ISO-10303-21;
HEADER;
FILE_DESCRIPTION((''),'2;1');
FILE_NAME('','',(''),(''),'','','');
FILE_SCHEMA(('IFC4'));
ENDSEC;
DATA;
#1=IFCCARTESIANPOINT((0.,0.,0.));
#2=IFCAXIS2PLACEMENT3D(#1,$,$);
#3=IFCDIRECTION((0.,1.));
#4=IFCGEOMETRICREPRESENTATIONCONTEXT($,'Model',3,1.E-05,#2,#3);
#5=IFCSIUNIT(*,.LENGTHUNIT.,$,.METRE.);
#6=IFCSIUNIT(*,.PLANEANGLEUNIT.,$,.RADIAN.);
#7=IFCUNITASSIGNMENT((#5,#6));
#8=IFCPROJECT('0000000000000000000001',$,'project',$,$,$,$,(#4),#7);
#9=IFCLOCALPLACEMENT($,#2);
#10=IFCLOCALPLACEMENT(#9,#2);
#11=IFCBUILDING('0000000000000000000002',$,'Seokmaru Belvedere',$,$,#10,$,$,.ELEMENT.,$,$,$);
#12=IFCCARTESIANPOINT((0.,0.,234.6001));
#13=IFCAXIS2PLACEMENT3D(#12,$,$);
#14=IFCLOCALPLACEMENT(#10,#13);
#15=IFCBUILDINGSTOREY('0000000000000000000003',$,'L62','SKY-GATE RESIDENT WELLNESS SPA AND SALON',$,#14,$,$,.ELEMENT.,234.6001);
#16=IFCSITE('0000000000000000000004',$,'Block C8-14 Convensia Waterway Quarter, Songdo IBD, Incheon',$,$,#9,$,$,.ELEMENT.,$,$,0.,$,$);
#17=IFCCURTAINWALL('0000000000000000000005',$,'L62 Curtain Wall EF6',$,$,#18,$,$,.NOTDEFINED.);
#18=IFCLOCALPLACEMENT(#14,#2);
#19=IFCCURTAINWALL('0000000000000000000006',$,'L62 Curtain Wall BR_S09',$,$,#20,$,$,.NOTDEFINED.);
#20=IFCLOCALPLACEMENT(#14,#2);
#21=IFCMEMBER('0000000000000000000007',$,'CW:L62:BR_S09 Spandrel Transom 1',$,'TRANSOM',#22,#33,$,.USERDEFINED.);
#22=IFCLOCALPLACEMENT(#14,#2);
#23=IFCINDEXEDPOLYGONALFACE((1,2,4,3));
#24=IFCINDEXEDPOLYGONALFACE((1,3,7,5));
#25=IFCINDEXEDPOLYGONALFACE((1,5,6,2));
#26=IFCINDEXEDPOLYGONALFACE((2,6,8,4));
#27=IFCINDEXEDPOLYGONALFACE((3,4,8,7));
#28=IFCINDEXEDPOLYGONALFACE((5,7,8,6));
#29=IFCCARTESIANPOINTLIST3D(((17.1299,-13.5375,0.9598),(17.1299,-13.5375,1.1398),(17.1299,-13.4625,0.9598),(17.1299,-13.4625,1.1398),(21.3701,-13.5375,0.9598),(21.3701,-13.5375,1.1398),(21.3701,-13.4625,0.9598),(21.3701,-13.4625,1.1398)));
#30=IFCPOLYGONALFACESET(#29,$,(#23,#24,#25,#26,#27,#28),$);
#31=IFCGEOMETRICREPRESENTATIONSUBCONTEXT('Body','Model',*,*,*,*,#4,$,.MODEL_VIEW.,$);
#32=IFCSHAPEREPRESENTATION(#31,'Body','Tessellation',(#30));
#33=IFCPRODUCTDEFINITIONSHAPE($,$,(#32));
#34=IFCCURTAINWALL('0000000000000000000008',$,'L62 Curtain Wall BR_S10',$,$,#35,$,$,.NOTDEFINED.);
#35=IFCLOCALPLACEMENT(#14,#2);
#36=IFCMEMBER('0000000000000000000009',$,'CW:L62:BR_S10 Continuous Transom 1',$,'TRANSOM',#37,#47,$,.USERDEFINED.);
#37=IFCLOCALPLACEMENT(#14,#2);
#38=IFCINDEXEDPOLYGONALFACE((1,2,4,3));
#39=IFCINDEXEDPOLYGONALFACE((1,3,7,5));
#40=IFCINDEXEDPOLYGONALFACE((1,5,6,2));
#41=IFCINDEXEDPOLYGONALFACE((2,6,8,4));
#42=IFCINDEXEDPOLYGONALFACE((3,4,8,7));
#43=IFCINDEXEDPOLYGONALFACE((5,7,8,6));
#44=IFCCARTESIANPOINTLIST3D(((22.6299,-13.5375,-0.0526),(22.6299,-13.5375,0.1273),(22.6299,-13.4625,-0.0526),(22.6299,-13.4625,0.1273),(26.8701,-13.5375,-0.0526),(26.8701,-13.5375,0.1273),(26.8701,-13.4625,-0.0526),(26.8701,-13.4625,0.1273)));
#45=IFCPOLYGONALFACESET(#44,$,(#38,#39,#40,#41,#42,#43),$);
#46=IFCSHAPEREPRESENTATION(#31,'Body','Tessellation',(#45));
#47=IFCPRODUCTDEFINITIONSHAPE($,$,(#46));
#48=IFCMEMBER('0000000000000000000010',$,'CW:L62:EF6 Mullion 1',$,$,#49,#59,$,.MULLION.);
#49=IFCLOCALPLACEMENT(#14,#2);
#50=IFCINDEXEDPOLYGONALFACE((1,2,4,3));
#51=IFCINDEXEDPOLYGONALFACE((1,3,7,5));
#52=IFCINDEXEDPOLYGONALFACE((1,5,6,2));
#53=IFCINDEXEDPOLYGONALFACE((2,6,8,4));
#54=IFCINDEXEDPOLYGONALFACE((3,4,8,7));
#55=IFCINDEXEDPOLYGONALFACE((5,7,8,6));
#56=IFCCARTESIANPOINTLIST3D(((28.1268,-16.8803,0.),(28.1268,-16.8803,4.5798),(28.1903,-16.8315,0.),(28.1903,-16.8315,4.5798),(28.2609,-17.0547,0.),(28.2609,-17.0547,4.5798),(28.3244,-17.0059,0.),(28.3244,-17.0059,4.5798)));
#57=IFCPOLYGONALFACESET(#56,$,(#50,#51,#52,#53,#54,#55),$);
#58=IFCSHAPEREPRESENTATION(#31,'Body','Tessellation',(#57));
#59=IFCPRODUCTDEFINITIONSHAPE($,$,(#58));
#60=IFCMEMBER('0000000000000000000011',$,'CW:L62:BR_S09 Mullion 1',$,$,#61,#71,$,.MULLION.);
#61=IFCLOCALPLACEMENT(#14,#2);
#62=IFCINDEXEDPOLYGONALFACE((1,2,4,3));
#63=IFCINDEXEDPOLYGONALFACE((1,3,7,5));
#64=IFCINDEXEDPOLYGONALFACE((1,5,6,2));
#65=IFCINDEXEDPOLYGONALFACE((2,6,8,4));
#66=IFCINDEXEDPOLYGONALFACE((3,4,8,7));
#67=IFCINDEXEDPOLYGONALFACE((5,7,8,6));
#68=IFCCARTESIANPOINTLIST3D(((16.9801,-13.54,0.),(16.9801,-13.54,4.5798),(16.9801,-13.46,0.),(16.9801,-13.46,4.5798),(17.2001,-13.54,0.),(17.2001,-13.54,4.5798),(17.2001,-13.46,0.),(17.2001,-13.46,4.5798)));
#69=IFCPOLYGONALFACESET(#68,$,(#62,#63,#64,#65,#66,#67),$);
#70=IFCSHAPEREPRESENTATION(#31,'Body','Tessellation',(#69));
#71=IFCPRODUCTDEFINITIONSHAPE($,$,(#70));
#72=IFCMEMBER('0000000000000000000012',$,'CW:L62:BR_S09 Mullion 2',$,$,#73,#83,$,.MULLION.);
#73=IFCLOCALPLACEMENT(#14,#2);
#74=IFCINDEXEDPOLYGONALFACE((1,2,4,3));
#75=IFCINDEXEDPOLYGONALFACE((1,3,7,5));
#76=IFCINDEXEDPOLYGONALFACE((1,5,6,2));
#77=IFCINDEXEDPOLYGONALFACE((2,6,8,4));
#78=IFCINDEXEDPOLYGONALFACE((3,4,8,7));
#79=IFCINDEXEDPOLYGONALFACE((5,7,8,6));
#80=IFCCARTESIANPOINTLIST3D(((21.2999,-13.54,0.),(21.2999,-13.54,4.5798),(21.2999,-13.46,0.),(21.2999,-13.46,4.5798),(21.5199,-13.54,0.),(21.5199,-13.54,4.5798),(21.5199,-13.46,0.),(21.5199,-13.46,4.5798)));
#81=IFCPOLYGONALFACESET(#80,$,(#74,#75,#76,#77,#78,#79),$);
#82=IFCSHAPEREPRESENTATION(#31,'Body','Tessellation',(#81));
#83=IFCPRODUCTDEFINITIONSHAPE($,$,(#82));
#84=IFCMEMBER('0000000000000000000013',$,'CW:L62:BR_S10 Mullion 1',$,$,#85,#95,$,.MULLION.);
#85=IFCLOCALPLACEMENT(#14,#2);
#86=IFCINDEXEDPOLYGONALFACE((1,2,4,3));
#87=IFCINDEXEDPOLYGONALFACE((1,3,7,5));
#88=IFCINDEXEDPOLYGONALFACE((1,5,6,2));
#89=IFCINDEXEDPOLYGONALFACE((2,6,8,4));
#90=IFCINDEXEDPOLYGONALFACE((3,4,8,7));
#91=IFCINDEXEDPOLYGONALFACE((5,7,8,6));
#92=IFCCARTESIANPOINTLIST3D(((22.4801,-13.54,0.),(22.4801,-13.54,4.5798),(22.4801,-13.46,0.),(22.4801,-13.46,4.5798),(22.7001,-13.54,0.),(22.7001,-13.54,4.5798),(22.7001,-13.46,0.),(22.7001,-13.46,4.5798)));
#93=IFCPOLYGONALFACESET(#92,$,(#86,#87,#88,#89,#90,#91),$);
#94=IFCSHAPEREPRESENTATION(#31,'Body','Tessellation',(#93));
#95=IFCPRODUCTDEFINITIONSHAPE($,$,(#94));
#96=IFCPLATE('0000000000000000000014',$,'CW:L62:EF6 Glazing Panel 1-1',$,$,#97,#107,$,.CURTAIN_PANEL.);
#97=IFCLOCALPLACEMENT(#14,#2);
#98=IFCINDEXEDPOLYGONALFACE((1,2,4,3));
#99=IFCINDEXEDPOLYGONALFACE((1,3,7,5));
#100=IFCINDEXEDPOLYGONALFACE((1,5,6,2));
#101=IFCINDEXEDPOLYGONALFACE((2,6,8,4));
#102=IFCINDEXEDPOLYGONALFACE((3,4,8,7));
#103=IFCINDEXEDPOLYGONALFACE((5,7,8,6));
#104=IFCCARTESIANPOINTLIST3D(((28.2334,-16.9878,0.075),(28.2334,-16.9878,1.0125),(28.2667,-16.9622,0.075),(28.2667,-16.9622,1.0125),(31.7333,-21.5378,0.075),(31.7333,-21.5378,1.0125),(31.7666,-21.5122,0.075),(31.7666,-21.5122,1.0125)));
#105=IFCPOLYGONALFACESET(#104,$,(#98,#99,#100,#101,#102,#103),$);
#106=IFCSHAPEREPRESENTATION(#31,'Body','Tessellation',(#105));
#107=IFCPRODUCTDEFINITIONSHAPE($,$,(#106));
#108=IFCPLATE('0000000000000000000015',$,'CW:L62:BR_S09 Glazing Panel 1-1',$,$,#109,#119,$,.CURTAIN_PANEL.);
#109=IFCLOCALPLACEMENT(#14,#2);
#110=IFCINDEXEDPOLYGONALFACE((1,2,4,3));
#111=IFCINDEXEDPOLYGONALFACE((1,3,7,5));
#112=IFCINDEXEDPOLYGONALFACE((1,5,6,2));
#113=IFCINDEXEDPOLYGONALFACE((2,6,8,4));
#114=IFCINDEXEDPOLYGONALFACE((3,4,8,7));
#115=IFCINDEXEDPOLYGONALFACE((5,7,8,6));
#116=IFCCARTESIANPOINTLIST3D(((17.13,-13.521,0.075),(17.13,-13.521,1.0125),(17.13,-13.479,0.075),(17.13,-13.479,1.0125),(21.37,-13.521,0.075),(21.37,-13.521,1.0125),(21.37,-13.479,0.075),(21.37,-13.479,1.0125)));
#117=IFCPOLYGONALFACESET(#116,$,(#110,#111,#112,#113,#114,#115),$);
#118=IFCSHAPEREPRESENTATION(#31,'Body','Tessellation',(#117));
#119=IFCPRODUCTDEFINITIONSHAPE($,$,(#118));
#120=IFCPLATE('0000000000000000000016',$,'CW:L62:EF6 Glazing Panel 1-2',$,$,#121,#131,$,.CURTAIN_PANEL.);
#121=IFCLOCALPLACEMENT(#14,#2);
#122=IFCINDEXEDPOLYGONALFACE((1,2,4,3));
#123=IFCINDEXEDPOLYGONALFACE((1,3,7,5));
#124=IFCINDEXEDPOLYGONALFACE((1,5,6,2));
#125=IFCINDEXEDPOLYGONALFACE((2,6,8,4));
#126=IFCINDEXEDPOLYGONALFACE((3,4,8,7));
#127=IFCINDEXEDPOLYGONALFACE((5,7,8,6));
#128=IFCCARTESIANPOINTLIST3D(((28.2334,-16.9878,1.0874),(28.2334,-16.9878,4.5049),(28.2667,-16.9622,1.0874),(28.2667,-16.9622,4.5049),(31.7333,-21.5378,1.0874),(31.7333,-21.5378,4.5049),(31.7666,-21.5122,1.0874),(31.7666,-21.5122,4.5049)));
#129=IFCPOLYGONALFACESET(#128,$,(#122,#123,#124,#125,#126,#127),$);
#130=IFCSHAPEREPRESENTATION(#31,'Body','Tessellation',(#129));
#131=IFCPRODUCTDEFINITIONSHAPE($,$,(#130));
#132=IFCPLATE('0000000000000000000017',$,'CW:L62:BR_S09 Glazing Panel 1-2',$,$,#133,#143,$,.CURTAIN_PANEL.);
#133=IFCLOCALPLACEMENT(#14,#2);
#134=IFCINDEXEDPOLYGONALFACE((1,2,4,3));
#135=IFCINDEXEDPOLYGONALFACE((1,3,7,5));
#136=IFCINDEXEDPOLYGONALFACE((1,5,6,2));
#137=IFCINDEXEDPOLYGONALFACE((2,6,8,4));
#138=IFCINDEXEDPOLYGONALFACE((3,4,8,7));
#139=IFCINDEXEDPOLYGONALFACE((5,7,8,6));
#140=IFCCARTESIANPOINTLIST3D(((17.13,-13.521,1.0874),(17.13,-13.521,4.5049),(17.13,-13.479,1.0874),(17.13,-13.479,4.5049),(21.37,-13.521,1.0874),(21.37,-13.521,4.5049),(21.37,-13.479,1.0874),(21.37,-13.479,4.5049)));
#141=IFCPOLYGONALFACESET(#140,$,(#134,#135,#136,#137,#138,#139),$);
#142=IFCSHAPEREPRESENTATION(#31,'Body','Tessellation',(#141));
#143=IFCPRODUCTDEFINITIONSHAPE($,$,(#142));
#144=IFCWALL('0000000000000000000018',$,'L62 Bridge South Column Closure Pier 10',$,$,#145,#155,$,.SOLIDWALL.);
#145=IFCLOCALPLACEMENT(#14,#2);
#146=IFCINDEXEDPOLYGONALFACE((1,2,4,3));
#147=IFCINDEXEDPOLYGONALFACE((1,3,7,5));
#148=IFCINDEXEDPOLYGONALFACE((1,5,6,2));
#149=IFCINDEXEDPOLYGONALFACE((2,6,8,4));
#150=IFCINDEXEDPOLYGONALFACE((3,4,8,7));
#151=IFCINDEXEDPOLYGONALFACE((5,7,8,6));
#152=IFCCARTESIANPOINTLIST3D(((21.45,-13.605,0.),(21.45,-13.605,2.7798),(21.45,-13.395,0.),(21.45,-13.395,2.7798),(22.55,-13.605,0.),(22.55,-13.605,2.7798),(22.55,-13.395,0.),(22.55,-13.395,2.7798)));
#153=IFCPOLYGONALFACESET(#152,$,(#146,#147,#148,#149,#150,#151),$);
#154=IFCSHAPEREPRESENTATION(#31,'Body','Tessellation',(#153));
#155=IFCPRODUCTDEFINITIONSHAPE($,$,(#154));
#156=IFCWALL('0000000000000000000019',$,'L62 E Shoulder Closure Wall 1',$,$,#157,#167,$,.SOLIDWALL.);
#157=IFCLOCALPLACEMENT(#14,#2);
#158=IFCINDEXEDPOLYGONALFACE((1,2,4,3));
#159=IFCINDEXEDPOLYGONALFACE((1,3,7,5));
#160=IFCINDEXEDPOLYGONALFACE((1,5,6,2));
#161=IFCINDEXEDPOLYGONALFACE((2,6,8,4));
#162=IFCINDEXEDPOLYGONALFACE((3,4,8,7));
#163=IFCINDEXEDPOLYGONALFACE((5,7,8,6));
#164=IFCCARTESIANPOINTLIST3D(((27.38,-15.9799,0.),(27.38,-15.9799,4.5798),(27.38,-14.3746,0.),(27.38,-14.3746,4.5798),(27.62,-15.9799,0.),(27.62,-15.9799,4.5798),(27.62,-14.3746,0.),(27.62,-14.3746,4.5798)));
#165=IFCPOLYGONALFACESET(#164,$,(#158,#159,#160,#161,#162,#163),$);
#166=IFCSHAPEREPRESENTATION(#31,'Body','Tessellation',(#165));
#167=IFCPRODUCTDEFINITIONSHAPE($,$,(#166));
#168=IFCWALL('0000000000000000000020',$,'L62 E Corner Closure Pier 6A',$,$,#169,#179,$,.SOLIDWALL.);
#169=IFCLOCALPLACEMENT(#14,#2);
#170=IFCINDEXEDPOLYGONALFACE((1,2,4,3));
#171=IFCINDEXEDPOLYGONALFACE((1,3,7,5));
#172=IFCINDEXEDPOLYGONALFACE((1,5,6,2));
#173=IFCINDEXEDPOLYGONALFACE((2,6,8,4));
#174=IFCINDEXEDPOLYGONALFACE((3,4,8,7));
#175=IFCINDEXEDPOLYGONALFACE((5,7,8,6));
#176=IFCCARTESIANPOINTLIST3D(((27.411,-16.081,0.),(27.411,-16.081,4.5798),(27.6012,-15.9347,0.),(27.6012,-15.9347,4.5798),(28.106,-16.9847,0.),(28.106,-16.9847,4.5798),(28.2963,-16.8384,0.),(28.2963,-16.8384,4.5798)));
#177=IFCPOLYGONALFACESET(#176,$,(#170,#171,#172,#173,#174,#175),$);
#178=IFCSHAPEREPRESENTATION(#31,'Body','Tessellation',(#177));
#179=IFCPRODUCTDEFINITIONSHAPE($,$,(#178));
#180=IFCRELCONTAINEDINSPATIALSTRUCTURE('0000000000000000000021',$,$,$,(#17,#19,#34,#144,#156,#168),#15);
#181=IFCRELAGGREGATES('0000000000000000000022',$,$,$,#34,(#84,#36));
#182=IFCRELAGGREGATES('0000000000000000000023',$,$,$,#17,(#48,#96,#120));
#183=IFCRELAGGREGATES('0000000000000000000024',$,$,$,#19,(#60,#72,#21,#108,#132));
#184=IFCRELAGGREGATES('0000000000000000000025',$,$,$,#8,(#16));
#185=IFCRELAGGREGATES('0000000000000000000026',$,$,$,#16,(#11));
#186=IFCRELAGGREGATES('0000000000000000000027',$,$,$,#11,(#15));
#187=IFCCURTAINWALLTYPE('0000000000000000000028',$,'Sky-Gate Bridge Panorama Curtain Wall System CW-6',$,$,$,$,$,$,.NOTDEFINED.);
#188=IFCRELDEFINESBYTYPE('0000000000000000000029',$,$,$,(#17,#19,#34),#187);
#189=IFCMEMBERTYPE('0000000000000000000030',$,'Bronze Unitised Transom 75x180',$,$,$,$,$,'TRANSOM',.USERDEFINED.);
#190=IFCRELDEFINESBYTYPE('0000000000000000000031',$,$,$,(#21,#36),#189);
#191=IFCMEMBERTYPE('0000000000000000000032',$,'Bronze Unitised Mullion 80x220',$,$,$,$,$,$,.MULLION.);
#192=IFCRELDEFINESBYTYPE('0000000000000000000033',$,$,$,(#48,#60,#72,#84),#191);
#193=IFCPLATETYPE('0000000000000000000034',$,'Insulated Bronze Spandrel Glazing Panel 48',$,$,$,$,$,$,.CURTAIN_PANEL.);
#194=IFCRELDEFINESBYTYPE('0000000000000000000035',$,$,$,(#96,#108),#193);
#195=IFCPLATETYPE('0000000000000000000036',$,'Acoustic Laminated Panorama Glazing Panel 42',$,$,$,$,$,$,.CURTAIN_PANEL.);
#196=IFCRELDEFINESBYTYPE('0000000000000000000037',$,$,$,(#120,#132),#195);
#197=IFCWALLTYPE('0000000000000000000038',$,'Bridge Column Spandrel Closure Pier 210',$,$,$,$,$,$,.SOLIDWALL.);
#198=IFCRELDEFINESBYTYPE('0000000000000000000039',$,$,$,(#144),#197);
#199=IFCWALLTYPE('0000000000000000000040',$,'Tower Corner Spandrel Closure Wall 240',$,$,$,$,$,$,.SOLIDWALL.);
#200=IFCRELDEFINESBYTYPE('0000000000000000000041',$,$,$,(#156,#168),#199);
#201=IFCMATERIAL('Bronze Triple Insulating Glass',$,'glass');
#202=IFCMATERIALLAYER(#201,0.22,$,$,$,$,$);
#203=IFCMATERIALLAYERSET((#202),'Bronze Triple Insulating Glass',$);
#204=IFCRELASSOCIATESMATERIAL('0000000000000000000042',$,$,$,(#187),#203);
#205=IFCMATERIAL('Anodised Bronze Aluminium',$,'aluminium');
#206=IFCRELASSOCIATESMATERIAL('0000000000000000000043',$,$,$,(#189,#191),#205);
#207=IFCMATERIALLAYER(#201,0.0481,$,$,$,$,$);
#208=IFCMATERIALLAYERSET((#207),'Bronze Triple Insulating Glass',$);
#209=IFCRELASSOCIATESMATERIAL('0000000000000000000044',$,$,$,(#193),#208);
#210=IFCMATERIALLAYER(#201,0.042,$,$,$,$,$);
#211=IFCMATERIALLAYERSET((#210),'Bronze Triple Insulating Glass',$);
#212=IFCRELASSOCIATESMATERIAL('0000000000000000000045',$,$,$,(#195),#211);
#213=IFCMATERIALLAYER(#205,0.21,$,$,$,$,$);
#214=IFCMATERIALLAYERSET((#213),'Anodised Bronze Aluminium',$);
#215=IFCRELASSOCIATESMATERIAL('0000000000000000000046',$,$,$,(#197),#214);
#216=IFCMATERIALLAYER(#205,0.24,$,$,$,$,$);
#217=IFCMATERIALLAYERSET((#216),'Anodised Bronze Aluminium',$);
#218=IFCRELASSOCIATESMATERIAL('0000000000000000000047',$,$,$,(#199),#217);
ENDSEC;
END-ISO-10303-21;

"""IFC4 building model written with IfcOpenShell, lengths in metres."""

from ifc_helpers import new_model, si_unit, direction, frame, frame_2d, origin, origin_2d, place, context, subcontext, project, spatial, rectangle, extrude, source, transform, mapped, material, layer, layer_set, material_profile, profile_set, type_object, type_shapes, element, aggregate, save


model = new_model("IFC4")

# Units and contexts
model_context = context("Model", 3, precision=1e-05, world=origin(), true_north=direction((0.0, 1.0)))
body_context = subcontext(model_context, "Body", "Model", "MODEL_VIEW")
ifc_project = project(units=[si_unit("LENGTHUNIT", "METRE"), si_unit("PLANEANGLEUNIT", "RADIAN")], contexts=[model_context])

# Site, building, storey
site_placement = place(None, origin())
site = spatial("IfcSite", under=ifc_project, at=site_placement, Name="Block C8-14 Convensia Waterway Quarter, Songdo IBD, Incheon", CompositionType="ELEMENT", RefElevation=0.0)
building_placement = place(site_placement, origin())
building = spatial("IfcBuilding", under=site, at=building_placement, Name="Seokmaru Belvedere", CompositionType="ELEMENT")
storey_placement = place(building_placement, frame((0.0, 0.0, 234.6001)))
storey = spatial("IfcBuildingStorey", under=building, at=storey_placement, Name="L62", Description="SKY-GATE RESIDENT WELLNESS SPA AND SALON", CompositionType="ELEMENT", Elevation=234.6001)

# Curtain walls, member
ifc_material_1 = material(Name="Bronze Triple Insulating Glass", Category="glass")
ifc_layer_1 = layer(ifc_material_1, 0.22)
ifc_layer_set_1 = layer_set([ifc_layer_1], Name="Bronze Triple Insulating Glass")
curtain_wall_type = type_object("IfcCurtainWallType", Name="Sky-Gate Bridge Panorama Curtain Wall System CW-6", PredefinedType="NOTDEFINED", material=ifc_layer_set_1)
curtain_wall_1_placement = place(storey_placement, origin())
curtain_wall_1 = element("IfcCurtainWall", 1, at=curtain_wall_1_placement, inside=storey, type_object=curtain_wall_type, Name="L62 Curtain Wall EF6", PredefinedType="NOTDEFINED")
ifc_material_2 = material(Name="Anodised Bronze Aluminium", Category="aluminium")
ifc_material_profile_1 = material_profile(ifc_material_2, rectangle(XDim=0.075, YDim=0.1799, at=origin_2d()), Name="CW-T-75x180")
ifc_profile_set_1 = profile_set([ifc_material_profile_1], Name="Anodised Bronze Aluminium")
member_type_1 = type_object("IfcMemberType", Name="Bronze Unitised Transom 75x180", ElementType="TRANSOM", PredefinedType="USERDEFINED", material=ifc_profile_set_1)
curtain_wall_2_placement = place(storey_placement, origin())
curtain_wall_2 = element("IfcCurtainWall", 2, at=curtain_wall_2_placement, inside=storey, type_object=curtain_wall_type, Name="L62 Curtain Wall BR_S09", PredefinedType="NOTDEFINED")
shared_shape_1 = source(origin(), body_context, "Body", "SweptSolid", [
    extrude(rectangle(XDim=0.075, YDim=0.1799, at=origin_2d()), origin(), (0.0, 0.0, 1.0), 4.2402),
])
member_1_placement = place(storey_placement, frame((17.1299, -13.5, 1.0498), z_axis=(1.0, 0.0, 0.0), x_axis=(0.0, 1.0, 0.0)))
member_1 = element("IfcMember", 3, at=member_1_placement, type_object=member_type_1, Name="CW:L62:BR_S09 Spandrel Transom 1", ObjectType="TRANSOM", PredefinedType="USERDEFINED", context=body_context, shape_type="MappedRepresentation", body=[
    mapped(shared_shape_1, transform((0.0, 0.0, 0.0), scale=1.0)),
])

# Curtain wall, member
curtain_wall_3_placement = place(storey_placement, origin())
curtain_wall_3 = element("IfcCurtainWall", 4, at=curtain_wall_3_placement, inside=storey, type_object=curtain_wall_type, Name="L62 Curtain Wall BR_S10", PredefinedType="NOTDEFINED")
member_2_placement = place(storey_placement, frame((22.6299, -13.5, 0.0374), z_axis=(1.0, 0.0, 0.0), x_axis=(0.0, 1.0, 0.0)))
member_2 = element("IfcMember", 5, at=member_2_placement, type_object=member_type_1, Name="CW:L62:BR_S10 Continuous Transom 1", ObjectType="TRANSOM", PredefinedType="USERDEFINED", context=body_context, shape_type="MappedRepresentation", body=[
    mapped(shared_shape_1, transform((0.0, 0.0, 0.0), scale=1.0)),
])

# Members
ifc_material_profile_2 = material_profile(ifc_material_2, rectangle(XDim=0.0801, YDim=0.22, at=origin_2d()), Name="CW-M-80x220")
ifc_profile_set_2 = profile_set([ifc_material_profile_2], Name="Anodised Bronze Aluminium")
member_type_2 = type_object("IfcMemberType", Name="Bronze Unitised Mullion 80x220", PredefinedType="MULLION", material=ifc_profile_set_2)
shared_shape_2 = source(origin(), body_context, "Body", "SweptSolid", [
    extrude(rectangle(XDim=0.0801, YDim=0.22, at=origin_2d()), origin(), (0.0, 0.0, 1.0), 4.5798),
])
type_shapes(member_type_2, [shared_shape_2])
member_3_placement = place(storey_placement, frame((28.2256, -16.9431, 0.0), z_axis=(0.0, 0.0, 1.0), x_axis=(0.792631, 0.609701, 0.0)))
member_3 = element("IfcMember", 6, at=member_3_placement, type_object=member_type_2, Name="CW:L62:EF6 Mullion 1", PredefinedType="MULLION", context=body_context, shape_type="MappedRepresentation", body=[
    mapped(shared_shape_2, transform((0.0, 0.0, 0.0), scale=1.0)),
])
member_4_placement = place(storey_placement, frame((17.0901, -13.5, 0.0), z_axis=(0.0, 0.0, 1.0), x_axis=(0.0, 1.0, 0.0)))
member_4 = element("IfcMember", 7, at=member_4_placement, type_object=member_type_2, Name="CW:L62:BR_S09 Mullion 1", PredefinedType="MULLION", context=body_context, shape_type="MappedRepresentation", body=[
    mapped(shared_shape_2, transform((0.0, 0.0, 0.0), scale=1.0)),
])
member_5_placement = place(storey_placement, frame((21.4099, -13.5, 0.0), z_axis=(0.0, 0.0, 1.0), x_axis=(0.0, 1.0, 0.0)))
member_5 = element("IfcMember", 8, at=member_5_placement, type_object=member_type_2, Name="CW:L62:BR_S09 Mullion 2", PredefinedType="MULLION", context=body_context, shape_type="MappedRepresentation", body=[
    mapped(shared_shape_2, transform((0.0, 0.0, 0.0), scale=1.0)),
])
member_6_placement = place(storey_placement, frame((22.5901, -13.5, 0.0), z_axis=(0.0, 0.0, 1.0), x_axis=(0.0, 1.0, 0.0)))
member_6 = element("IfcMember", 9, at=member_6_placement, type_object=member_type_2, Name="CW:L62:BR_S10 Mullion 1", PredefinedType="MULLION", context=body_context, shape_type="MappedRepresentation", body=[
    mapped(shared_shape_2, transform((0.0, 0.0, 0.0), scale=1.0)),
])
aggregate(curtain_wall_3, [member_6, member_2])

# Plates
ifc_layer_2 = layer(ifc_material_1, 0.0481)
ifc_layer_set_2 = layer_set([ifc_layer_2], Name="Bronze Triple Insulating Glass")
plate_type_1 = type_object("IfcPlateType", Name="Insulated Bronze Spandrel Glazing Panel 48", PredefinedType="CURTAIN_PANEL", material=ifc_layer_set_2)
shared_shape_3 = source(origin(), body_context, "Body", "SweptSolid", [
    extrude(rectangle(XDim=5.7405, YDim=0.042, at=origin_2d()), origin(), (0.0, 0.0, 1.0), 0.9375),
])
plate_1_placement = place(storey_placement, frame((30.0, -19.25, 0.075), z_axis=(0.0, 0.0, 1.0), x_axis=(0.609701, -0.792631, 0.0)))
plate_1 = element("IfcPlate", 10, at=plate_1_placement, type_object=plate_type_1, Name="CW:L62:EF6 Glazing Panel 1-1", PredefinedType="CURTAIN_PANEL", context=body_context, shape_type="MappedRepresentation", body=[
    mapped(shared_shape_3, transform((0.0, 0.0, 0.0), scale=1.0)),
])
shared_shape_4 = source(origin(), body_context, "Body", "SweptSolid", [
    extrude(rectangle(XDim=4.24, YDim=0.042, at=origin_2d()), origin(), (0.0, 0.0, 1.0), 0.9375),
])
type_shapes(plate_type_1, [shared_shape_3, shared_shape_4])
plate_2_placement = place(storey_placement, frame((19.25, -13.5, 0.075), z_axis=(0.0, 0.0, 1.0), x_axis=(1.0, 0.0, 0.0)))
plate_2 = element("IfcPlate", 11, at=plate_2_placement, type_object=plate_type_1, Name="CW:L62:BR_S09 Glazing Panel 1-1", PredefinedType="CURTAIN_PANEL", context=body_context, shape_type="MappedRepresentation", body=[
    mapped(shared_shape_4, transform((0.0, 0.0, 0.0), scale=1.0)),
])
ifc_layer_3 = layer(ifc_material_1, 0.042)
ifc_layer_set_3 = layer_set([ifc_layer_3], Name="Bronze Triple Insulating Glass")
plate_type_2 = type_object("IfcPlateType", Name="Acoustic Laminated Panorama Glazing Panel 42", PredefinedType="CURTAIN_PANEL", material=ifc_layer_set_3)
shared_shape_5 = source(origin(), body_context, "Body", "SweptSolid", [
    extrude(rectangle(XDim=5.7405, YDim=0.042, at=origin_2d()), origin(), (0.0, 0.0, 1.0), 3.4175),
])
plate_3_placement = place(storey_placement, frame((30.0, -19.25, 1.0874), z_axis=(0.0, 0.0, 1.0), x_axis=(0.609701, -0.792631, 0.0)))
plate_3 = element("IfcPlate", 12, at=plate_3_placement, type_object=plate_type_2, Name="CW:L62:EF6 Glazing Panel 1-2", PredefinedType="CURTAIN_PANEL", context=body_context, shape_type="MappedRepresentation", body=[
    mapped(shared_shape_5, transform((0.0, 0.0, 0.0), scale=1.0)),
])
aggregate(curtain_wall_1, [member_3, plate_1, plate_3])
shared_shape_6 = source(origin(), body_context, "Body", "SweptSolid", [
    extrude(rectangle(XDim=4.24, YDim=0.042, at=origin_2d()), origin(), (0.0, 0.0, 1.0), 3.4175),
])
type_shapes(plate_type_2, [shared_shape_5, shared_shape_6])
plate_4_placement = place(storey_placement, frame((19.25, -13.5, 1.0874), z_axis=(0.0, 0.0, 1.0), x_axis=(1.0, 0.0, 0.0)))
plate_4 = element("IfcPlate", 13, at=plate_4_placement, type_object=plate_type_2, Name="CW:L62:BR_S09 Glazing Panel 1-2", PredefinedType="CURTAIN_PANEL", context=body_context, shape_type="MappedRepresentation", body=[
    mapped(shared_shape_6, transform((0.0, 0.0, 0.0), scale=1.0)),
])
aggregate(curtain_wall_2, [member_4, member_5, member_1, plate_2, plate_4])

# Walls
ifc_layer_4 = layer(ifc_material_2, 0.21)
ifc_layer_set_4 = layer_set([ifc_layer_4], Name="Anodised Bronze Aluminium")
wall_type_1 = type_object("IfcWallType", Name="Bridge Column Spandrel Closure Pier 210", PredefinedType="SOLIDWALL", material=ifc_layer_set_4)
wall_1_placement = place(storey_placement, frame((21.45, -13.5, 0.0), z_axis=(0.0, 0.0, 1.0), x_axis=(1.0, 0.0, 0.0)))
element("IfcWall", 14, at=wall_1_placement, inside=storey, type_object=wall_type_1, Name="L62 Bridge South Column Closure Pier 10", PredefinedType="SOLIDWALL", context=body_context, shape_type="SweptSolid", body=[
    extrude(rectangle(XDim=1.1001, YDim=0.21, at=frame_2d((0.55, 0.0))), origin(), (0.0, 0.0, 1.0), 2.7798),
])
ifc_layer_5 = layer(ifc_material_2, 0.24)
ifc_layer_set_5 = layer_set([ifc_layer_5], Name="Anodised Bronze Aluminium")
wall_type_2 = type_object("IfcWallType", Name="Tower Corner Spandrel Closure Wall 240", PredefinedType="SOLIDWALL", material=ifc_layer_set_5)
wall_2_placement = place(storey_placement, frame((27.5, -15.98, 0.0), z_axis=(0.0, 0.0, 1.0), x_axis=(0.0, 1.0, 0.0)))
element("IfcWall", 15, at=wall_2_placement, inside=storey, type_object=wall_type_2, Name="L62 E Shoulder Closure Wall 1", PredefinedType="SOLIDWALL", context=body_context, shape_type="SweptSolid", body=[
    extrude(rectangle(XDim=1.6052, YDim=0.24, at=frame_2d((0.8027, 0.0))), origin(), (0.0, 0.0, 1.0), 4.5798),
])
wall_3_placement = place(storey_placement, frame((27.5061, -16.0078, 0.0), z_axis=(0.0, 0.0, 1.0), x_axis=(0.609618, -0.792696, 0.0)))
element("IfcWall", 16, at=wall_3_placement, inside=storey, type_object=wall_type_2, Name="L62 E Corner Closure Pier 6A", PredefinedType="SOLIDWALL", context=body_context, shape_type="SweptSolid", body=[
    extrude(rectangle(XDim=1.1401, YDim=0.24, at=frame_2d((0.5701, 0.0))), origin(), (0.0, 0.0, 1.0), 4.5798),
])

save(model, "model.ifc")
